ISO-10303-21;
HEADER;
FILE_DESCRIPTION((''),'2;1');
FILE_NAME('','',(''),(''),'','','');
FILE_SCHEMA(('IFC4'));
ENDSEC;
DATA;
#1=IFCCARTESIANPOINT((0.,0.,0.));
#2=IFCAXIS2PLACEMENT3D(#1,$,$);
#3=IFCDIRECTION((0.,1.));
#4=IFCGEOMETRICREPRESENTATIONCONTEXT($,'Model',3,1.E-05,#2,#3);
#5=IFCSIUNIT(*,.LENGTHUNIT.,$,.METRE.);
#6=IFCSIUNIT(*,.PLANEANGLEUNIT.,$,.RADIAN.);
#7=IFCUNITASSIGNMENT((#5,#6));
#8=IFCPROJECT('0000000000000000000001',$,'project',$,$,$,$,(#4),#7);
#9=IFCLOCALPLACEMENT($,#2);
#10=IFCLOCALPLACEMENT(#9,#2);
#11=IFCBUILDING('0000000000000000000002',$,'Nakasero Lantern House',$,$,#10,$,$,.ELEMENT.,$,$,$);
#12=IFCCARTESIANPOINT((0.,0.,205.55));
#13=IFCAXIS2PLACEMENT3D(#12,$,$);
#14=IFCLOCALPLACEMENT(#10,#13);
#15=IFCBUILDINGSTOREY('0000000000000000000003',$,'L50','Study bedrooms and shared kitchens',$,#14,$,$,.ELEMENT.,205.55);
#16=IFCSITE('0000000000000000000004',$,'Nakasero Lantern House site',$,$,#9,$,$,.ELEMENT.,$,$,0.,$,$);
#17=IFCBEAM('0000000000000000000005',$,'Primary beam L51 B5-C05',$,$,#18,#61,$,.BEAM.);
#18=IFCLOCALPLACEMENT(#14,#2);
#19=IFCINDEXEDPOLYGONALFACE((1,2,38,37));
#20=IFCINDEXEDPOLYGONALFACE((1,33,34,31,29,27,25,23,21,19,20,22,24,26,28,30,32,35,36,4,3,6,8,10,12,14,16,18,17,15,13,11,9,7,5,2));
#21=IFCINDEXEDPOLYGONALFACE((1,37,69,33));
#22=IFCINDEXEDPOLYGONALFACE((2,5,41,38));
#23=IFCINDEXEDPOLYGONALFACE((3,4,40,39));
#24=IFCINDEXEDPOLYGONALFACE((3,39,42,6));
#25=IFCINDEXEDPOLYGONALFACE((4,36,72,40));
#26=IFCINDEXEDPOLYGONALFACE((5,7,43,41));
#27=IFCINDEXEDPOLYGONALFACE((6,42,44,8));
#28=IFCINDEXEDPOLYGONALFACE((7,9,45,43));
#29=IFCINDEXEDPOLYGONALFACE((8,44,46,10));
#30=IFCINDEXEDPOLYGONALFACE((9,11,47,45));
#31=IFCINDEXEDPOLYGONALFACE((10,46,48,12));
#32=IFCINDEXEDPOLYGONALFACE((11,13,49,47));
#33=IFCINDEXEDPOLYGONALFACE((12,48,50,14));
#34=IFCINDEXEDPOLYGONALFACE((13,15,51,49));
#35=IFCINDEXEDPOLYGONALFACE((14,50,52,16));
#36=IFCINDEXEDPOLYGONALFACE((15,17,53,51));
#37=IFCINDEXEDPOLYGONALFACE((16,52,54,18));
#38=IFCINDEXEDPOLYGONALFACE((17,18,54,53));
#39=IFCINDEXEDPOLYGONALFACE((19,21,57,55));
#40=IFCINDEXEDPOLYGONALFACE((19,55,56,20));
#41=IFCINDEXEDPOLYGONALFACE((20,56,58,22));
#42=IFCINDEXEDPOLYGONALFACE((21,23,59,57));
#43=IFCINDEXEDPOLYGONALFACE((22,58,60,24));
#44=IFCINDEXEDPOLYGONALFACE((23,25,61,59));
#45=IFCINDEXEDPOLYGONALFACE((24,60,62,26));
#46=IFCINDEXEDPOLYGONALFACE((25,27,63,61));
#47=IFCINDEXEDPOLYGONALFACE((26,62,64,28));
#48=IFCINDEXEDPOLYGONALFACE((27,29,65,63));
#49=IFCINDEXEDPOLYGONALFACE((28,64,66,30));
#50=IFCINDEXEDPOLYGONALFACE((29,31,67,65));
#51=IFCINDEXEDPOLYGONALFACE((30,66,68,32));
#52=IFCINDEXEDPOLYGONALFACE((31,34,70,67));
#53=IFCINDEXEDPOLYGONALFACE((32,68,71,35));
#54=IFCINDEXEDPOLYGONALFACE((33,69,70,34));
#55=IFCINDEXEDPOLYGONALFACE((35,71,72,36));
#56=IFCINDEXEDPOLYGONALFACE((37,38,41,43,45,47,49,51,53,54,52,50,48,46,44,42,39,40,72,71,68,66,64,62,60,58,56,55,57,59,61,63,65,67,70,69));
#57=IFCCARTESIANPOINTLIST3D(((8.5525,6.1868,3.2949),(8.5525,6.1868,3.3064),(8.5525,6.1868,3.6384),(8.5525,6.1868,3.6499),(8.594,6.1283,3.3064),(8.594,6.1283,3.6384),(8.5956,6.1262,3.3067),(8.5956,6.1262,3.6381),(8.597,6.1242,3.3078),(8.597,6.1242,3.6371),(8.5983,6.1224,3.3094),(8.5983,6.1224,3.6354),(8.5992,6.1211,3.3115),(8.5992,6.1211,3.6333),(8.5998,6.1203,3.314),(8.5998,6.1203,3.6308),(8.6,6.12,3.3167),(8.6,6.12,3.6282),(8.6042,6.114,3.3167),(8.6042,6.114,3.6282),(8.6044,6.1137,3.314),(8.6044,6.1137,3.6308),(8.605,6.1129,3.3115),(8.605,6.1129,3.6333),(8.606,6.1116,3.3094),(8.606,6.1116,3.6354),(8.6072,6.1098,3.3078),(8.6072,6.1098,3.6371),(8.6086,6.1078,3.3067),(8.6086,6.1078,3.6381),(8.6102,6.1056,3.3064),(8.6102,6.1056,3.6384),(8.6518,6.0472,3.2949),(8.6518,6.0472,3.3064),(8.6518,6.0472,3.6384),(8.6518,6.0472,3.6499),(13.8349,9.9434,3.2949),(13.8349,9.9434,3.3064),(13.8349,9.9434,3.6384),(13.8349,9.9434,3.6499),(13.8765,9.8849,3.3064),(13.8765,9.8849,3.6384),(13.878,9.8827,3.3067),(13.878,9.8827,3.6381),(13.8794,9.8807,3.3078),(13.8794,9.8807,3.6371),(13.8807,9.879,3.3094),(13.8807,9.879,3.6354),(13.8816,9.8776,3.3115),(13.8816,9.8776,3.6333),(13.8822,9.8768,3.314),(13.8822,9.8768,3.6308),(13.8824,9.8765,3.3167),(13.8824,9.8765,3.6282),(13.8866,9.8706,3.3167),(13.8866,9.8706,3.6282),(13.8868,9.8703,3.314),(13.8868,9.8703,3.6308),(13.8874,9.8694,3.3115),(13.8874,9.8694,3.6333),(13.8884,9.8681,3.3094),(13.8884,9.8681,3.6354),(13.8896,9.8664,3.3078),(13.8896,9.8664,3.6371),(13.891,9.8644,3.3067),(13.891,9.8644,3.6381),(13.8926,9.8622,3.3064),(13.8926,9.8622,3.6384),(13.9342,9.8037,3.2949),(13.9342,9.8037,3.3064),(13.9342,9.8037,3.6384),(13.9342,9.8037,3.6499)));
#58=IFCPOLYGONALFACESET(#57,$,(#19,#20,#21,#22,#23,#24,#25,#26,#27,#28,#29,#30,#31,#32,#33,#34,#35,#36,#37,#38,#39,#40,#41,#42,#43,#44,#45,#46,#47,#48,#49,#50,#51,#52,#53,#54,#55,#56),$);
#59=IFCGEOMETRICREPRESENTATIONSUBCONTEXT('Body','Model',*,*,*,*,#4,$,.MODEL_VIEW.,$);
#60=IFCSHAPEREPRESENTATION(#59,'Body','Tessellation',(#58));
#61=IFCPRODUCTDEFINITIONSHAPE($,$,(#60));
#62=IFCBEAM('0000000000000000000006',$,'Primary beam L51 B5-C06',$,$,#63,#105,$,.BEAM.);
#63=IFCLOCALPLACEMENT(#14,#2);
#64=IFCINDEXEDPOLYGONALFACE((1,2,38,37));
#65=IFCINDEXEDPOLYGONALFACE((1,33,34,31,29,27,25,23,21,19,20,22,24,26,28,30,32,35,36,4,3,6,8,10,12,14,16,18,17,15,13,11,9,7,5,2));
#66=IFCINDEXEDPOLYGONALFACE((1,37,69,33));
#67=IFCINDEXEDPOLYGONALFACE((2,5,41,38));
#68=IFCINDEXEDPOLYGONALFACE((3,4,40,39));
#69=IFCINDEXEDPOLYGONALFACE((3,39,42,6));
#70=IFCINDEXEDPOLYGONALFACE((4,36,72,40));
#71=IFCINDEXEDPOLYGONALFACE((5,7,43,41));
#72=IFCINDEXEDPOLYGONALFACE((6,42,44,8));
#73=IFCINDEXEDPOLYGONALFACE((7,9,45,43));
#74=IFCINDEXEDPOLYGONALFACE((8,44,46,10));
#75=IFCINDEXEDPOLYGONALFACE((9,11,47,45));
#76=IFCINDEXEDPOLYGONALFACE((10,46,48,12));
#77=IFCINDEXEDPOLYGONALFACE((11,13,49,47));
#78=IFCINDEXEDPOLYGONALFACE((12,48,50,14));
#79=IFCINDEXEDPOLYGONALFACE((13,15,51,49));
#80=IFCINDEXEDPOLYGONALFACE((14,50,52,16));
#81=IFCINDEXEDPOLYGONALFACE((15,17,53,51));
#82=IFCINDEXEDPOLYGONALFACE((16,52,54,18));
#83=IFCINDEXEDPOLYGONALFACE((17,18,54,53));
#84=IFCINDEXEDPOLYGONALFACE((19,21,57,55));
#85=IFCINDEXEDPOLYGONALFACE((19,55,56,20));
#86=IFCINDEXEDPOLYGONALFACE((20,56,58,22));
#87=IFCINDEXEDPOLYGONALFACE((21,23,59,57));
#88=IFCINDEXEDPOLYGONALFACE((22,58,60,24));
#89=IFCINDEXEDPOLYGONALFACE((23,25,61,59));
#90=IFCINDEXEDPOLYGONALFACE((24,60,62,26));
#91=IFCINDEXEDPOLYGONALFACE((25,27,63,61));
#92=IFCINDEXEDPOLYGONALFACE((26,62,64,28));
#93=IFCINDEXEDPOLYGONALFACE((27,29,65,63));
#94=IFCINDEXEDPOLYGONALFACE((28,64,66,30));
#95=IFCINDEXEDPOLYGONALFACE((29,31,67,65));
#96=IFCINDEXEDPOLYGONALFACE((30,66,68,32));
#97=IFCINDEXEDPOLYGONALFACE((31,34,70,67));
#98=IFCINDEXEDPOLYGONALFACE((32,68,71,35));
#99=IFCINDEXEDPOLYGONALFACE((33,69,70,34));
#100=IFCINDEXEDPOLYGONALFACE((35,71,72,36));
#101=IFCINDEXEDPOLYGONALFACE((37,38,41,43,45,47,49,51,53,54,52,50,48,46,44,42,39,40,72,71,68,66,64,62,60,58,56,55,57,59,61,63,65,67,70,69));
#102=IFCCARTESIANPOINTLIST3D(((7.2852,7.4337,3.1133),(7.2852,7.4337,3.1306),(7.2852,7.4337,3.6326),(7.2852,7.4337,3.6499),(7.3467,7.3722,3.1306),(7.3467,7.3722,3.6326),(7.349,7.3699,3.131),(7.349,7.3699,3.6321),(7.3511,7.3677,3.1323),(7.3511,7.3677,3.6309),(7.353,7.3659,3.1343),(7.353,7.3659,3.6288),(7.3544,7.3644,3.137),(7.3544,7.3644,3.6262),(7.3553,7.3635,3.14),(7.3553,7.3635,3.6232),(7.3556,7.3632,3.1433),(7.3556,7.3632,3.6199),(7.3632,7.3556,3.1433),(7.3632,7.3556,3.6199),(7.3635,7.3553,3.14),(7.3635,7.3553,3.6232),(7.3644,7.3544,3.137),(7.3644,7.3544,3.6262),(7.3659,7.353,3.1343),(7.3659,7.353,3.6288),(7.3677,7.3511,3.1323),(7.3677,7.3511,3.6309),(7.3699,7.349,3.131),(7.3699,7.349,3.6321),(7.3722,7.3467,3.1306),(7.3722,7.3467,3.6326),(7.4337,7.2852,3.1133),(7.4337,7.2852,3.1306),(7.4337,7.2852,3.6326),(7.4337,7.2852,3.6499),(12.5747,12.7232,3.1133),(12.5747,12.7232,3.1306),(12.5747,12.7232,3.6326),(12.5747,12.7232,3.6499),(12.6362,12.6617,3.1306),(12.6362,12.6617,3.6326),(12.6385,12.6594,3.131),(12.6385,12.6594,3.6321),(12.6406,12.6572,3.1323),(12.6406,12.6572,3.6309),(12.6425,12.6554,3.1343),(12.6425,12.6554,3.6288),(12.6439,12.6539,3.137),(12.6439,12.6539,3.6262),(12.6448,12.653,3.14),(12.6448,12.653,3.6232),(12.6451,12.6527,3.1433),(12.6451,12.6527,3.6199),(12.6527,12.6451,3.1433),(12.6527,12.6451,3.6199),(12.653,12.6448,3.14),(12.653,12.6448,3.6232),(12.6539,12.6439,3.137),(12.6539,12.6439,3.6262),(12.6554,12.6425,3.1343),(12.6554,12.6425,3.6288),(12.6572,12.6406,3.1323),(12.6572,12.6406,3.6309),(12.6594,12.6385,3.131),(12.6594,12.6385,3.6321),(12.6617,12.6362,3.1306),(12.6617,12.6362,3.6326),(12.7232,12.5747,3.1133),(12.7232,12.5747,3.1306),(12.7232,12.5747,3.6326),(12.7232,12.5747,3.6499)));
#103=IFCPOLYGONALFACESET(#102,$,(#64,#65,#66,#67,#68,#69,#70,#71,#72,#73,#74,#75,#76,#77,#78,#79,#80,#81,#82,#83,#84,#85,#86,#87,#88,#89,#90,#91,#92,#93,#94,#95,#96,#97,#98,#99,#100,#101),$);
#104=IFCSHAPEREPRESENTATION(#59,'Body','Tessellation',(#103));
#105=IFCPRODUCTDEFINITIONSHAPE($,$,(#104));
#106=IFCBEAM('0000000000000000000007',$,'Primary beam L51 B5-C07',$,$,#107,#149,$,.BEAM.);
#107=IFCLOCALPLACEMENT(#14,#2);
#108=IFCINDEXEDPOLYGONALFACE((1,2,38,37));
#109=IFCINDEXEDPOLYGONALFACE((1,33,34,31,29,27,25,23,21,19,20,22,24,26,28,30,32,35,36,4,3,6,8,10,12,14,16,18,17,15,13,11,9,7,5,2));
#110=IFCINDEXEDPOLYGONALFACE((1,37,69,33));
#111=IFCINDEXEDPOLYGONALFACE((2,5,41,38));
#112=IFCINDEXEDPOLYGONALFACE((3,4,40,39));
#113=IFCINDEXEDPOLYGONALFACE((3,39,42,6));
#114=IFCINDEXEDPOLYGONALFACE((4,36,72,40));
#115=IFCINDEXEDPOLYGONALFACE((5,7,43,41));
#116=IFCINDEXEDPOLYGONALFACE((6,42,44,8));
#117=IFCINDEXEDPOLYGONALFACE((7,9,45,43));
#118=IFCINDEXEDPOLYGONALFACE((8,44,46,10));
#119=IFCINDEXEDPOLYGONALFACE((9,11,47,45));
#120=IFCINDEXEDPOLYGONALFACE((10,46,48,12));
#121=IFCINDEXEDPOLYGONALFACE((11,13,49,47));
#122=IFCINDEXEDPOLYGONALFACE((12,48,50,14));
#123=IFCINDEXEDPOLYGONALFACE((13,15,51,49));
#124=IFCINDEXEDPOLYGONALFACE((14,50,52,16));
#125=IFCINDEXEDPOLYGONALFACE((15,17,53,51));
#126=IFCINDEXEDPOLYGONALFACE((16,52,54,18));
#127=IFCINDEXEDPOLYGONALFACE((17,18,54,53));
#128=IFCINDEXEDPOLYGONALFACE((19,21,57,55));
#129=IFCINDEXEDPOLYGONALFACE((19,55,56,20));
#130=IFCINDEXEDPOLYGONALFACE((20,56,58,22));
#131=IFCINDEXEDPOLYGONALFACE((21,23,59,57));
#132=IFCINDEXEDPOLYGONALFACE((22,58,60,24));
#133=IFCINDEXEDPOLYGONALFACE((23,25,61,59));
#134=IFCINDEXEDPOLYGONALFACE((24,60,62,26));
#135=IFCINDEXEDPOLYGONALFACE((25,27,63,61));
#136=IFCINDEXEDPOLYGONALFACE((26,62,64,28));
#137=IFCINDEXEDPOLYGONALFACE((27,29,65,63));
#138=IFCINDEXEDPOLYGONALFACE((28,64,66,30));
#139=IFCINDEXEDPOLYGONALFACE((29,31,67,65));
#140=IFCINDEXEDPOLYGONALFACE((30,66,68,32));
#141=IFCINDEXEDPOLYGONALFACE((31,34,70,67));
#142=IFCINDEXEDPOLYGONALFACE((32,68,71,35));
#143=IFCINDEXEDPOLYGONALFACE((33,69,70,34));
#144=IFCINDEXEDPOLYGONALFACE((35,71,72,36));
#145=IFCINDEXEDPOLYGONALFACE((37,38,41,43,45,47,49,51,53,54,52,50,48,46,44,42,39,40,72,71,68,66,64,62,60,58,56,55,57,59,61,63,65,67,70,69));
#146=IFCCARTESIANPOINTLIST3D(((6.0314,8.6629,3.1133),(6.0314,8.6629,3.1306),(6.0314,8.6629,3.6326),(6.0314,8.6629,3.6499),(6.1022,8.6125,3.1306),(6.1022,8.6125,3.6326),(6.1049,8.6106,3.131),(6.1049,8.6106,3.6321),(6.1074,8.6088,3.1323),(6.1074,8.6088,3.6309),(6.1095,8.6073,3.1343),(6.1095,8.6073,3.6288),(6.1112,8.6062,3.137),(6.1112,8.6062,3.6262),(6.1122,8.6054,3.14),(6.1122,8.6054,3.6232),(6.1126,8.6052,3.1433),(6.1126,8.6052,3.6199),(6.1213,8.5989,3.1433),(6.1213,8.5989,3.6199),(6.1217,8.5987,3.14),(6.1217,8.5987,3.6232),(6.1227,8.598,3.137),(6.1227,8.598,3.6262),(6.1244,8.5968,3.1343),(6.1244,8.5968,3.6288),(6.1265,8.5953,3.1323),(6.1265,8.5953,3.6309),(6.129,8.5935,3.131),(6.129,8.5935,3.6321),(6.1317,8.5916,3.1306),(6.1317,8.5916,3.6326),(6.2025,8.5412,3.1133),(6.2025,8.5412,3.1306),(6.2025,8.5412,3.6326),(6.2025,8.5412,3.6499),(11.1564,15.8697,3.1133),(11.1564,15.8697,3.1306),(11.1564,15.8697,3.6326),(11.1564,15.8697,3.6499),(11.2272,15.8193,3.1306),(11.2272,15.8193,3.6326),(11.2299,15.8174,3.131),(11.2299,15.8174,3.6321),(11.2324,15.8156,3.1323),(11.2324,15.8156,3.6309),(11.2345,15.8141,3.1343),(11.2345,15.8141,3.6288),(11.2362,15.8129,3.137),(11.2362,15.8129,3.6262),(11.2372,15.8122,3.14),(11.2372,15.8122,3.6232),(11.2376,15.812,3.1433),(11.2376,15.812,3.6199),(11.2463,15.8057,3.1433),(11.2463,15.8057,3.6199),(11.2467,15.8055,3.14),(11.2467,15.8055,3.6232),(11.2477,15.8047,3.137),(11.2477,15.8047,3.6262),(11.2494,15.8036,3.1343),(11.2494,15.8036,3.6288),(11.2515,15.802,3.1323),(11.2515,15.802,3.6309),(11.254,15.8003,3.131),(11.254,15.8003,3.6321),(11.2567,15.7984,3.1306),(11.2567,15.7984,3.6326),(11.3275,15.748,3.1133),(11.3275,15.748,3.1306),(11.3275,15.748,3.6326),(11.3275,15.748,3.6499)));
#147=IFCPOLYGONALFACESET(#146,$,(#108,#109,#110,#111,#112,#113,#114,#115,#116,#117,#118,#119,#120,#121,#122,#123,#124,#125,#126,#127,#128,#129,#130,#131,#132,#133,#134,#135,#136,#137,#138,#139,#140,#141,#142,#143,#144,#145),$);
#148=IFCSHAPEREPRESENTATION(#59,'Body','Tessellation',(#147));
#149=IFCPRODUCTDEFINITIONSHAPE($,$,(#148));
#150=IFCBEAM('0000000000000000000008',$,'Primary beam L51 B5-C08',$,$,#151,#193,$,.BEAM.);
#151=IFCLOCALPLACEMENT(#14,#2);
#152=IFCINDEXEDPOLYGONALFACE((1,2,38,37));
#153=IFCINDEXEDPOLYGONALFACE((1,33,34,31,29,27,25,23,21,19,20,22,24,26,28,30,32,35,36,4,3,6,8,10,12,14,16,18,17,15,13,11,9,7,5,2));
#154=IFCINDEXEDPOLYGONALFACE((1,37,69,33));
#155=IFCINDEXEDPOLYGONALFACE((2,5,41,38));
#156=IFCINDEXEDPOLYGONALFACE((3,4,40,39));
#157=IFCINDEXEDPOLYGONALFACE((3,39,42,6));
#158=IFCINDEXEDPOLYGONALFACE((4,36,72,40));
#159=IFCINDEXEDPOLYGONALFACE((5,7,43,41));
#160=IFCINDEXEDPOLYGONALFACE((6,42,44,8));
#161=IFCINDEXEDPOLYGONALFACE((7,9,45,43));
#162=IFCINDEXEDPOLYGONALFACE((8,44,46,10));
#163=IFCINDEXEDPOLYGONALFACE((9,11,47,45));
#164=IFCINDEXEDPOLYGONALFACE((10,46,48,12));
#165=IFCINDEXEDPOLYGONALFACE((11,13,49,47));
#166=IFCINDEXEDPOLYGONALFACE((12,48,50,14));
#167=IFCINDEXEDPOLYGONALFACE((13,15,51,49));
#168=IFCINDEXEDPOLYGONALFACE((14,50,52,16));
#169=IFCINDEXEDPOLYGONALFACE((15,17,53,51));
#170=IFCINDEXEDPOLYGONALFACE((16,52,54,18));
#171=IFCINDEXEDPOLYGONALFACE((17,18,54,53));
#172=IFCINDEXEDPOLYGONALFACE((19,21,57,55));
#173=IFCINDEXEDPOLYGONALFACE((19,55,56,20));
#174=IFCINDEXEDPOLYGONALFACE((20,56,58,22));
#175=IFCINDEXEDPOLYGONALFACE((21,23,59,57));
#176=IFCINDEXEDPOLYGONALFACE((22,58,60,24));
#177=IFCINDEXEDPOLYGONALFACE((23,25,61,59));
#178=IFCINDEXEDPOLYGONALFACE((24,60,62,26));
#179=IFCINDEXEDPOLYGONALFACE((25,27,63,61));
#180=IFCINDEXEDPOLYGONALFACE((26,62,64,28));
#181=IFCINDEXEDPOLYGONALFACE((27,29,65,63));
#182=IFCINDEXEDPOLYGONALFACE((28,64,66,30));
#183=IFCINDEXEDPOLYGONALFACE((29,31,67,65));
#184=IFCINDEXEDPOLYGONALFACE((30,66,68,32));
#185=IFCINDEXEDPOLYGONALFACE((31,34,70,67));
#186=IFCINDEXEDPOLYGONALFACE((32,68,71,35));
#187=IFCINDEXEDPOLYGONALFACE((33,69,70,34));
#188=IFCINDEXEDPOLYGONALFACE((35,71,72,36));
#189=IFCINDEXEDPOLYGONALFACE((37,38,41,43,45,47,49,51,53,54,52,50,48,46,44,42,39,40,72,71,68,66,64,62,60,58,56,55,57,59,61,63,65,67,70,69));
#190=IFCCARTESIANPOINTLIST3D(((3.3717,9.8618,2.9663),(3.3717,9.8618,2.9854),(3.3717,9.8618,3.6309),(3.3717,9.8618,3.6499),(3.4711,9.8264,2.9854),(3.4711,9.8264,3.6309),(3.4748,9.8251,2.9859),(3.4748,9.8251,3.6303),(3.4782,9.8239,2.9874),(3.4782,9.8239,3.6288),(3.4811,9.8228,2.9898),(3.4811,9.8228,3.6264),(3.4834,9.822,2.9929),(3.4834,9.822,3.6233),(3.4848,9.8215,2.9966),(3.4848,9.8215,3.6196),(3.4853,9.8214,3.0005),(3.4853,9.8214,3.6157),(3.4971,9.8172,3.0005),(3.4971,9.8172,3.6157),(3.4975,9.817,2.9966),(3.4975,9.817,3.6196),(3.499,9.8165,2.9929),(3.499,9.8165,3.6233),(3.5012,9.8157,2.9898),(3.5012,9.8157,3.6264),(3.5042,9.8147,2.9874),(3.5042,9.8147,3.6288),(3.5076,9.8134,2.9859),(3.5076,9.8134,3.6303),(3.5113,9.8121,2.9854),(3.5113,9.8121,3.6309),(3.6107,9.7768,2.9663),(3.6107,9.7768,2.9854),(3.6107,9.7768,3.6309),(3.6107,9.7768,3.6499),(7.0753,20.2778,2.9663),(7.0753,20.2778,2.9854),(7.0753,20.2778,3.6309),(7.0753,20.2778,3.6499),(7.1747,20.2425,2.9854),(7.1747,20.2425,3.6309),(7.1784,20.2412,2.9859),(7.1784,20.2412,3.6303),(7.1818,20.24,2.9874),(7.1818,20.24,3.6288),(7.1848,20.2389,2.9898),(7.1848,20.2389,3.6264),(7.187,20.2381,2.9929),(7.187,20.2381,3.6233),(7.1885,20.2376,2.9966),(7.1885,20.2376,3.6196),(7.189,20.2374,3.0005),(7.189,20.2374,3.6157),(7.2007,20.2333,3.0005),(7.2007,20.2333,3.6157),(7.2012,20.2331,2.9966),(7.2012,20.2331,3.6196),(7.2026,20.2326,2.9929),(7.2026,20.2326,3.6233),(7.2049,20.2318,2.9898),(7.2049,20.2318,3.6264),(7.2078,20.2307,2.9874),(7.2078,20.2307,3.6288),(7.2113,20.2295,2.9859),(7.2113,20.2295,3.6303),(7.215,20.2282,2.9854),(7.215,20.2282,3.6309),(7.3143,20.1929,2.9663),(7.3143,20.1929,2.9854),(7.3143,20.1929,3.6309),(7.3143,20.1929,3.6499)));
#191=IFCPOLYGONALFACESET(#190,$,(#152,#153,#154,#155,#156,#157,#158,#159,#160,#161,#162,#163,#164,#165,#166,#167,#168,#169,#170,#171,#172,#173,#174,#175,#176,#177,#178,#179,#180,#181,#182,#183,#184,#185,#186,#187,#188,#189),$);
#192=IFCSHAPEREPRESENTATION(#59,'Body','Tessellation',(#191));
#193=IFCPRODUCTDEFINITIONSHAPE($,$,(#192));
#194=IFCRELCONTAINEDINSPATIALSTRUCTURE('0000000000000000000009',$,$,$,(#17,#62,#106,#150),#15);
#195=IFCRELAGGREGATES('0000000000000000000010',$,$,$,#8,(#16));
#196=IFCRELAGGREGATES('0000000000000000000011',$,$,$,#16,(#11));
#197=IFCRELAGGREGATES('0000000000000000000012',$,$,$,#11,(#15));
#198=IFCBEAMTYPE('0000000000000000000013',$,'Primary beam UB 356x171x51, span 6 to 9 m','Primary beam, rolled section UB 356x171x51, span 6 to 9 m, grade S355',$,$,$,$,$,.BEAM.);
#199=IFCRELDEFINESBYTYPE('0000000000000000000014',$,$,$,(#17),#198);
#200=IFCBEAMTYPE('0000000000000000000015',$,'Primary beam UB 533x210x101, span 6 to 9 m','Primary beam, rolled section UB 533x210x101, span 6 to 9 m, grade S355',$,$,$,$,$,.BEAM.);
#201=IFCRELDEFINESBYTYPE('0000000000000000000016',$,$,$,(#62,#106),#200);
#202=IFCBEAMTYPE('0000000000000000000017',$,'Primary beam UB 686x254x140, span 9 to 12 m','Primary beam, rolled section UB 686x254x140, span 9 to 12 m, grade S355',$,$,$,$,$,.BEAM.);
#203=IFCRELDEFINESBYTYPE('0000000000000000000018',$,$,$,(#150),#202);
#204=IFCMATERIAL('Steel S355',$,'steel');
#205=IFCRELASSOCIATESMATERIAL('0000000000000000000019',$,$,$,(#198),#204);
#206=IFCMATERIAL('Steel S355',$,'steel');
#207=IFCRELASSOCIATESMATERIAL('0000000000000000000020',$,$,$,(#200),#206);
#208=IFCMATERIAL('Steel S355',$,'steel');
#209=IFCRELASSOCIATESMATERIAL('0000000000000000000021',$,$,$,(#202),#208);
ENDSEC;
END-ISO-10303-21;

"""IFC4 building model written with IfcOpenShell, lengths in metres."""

from ifc_helpers import new_model, si_unit, direction, frame, origin, origin_2d, place, context, subcontext, project, spatial, i_section, extrude, material, material_profile, profile_set, type_object, element, save


model = new_model("IFC4")

# Units and contexts
model_context = context("Model", 3, precision=1e-05, world=origin(), true_north=direction((0.0, 1.0)))
body_context = subcontext(model_context, "Body", "Model", "MODEL_VIEW")
ifc_project = project(units=[si_unit("LENGTHUNIT", "METRE"), si_unit("PLANEANGLEUNIT", "RADIAN")], contexts=[model_context])

# Site, building, storey
site_placement = place(None, origin())
site = spatial("IfcSite", under=ifc_project, at=site_placement, Name="Nakasero Lantern House site", CompositionType="ELEMENT", RefElevation=0.0)
building_placement = place(site_placement, origin())
building = spatial("IfcBuilding", under=site, at=building_placement, Name="Nakasero Lantern House", CompositionType="ELEMENT")
storey_placement = place(building_placement, frame((0.0, 0.0, 205.55)))
storey = spatial("IfcBuildingStorey", under=building, at=storey_placement, Name="L50", Description="Study bedrooms and shared kitchens", CompositionType="ELEMENT", Elevation=205.55)

# Beams
ifc_material_1 = material(Name="Steel S355", Category="steel")
ifc_material_profile_1 = material_profile(ifc_material_1, i_section(OverallWidth=0.1714, OverallDepth=0.355, WebThickness=0.0073, FlangeThickness=0.0115, FilletRadius=0.0103, at=origin_2d()), Name="UB 356x171x51")
ifc_profile_set_1 = profile_set([ifc_material_profile_1], Name="Steel S355")
beam_type_1 = type_object("IfcBeamType", Name="Primary beam UB 356x171x51, span 6 to 9 m", Description="Primary beam, rolled section UB 356x171x51, span 6 to 9 m, grade S355", PredefinedType="BEAM", material=ifc_profile_set_1)
beam_1_placement = place(storey_placement, frame((13.8845, 9.8735, 3.4724), z_axis=(-0.814943, -0.579541, 0.0), x_axis=(0.579541, -0.814943, 0.0)))
element("IfcBeam", 1, at=beam_1_placement, inside=storey, type_object=beam_type_1, Name="Primary beam L51 B5-C05", PredefinedType="BEAM", context=body_context, shape_type="SweptSolid", body=[
    extrude(i_section(OverallWidth=0.1714, OverallDepth=0.355, WebThickness=0.0073, FlangeThickness=0.0115, FilletRadius=0.0103, at=origin_2d()), origin(), (0.0, 0.0, 1.0), 6.4819),
])
ifc_material_2 = material(Name="Steel S355", Category="steel")
ifc_material_profile_2 = material_profile(ifc_material_2, i_section(OverallWidth=0.21, OverallDepth=0.5366, WebThickness=0.0107, FlangeThickness=0.0173, FilletRadius=0.0127, at=origin_2d()), Name="UB 533x210x101")
ifc_profile_set_2 = profile_set([ifc_material_profile_2], Name="Steel S355")
beam_type_2 = type_object("IfcBeamType", Name="Primary beam UB 533x210x101, span 6 to 9 m", Description="Primary beam, rolled section UB 533x210x101, span 6 to 9 m, grade S355", PredefinedType="BEAM", material=ifc_profile_set_2)
beam_2_placement = place(storey_placement, frame((12.6489, 12.6489, 3.3816), z_axis=(-0.707107, -0.707107, 0.0), x_axis=(0.707107, -0.707107, 0.0)))
element("IfcBeam", 2, at=beam_2_placement, inside=storey, type_object=beam_type_2, Name="Primary beam L51 B5-C06", PredefinedType="BEAM", context=body_context, shape_type="SweptSolid", body=[
    extrude(i_section(OverallWidth=0.21, OverallDepth=0.5366, WebThickness=0.0107, FlangeThickness=0.0173, FilletRadius=0.0127, at=origin_2d()), origin(), (0.0, 0.0, 1.0), 7.4805),
])
beam_3_placement = place(storey_placement, frame((11.2419, 15.8088, 3.3816), z_axis=(-0.579537, -0.814946, 0.0), x_axis=(0.814946, -0.579537, 0.0)))
element("IfcBeam", 3, at=beam_3_placement, inside=storey, type_object=beam_type_2, Name="Primary beam L51 B5-C07", PredefinedType="BEAM", context=body_context, shape_type="SweptSolid", body=[
    extrude(i_section(OverallWidth=0.21, OverallDepth=0.5366, WebThickness=0.0107, FlangeThickness=0.0173, FilletRadius=0.0127, at=origin_2d()), origin(), (0.0, 0.0, 1.0), 8.8433),
])
ifc_material_3 = material(Name="Steel S355", Category="steel")
ifc_material_profile_3 = material_profile(ifc_material_3, i_section(OverallWidth=0.2537, OverallDepth=0.6836, WebThickness=0.0125, FlangeThickness=0.019, FilletRadius=0.0151, at=origin_2d()), Name="UB 686x254x140")
ifc_profile_set_3 = profile_set([ifc_material_profile_3], Name="Steel S355")
beam_type_3 = type_object("IfcBeamType", Name="Primary beam UB 686x254x140, span 9 to 12 m", Description="Primary beam, rolled section UB 686x254x140, span 9 to 12 m, grade S355", PredefinedType="BEAM", material=ifc_profile_set_3)
beam_4_placement = place(storey_placement, frame((7.1948, 20.2354, 3.3081), z_axis=(-0.335021, -0.942211, 0.0), x_axis=(0.942211, -0.335021, 0.0)))
element("IfcBeam", 4, at=beam_4_placement, inside=storey, type_object=beam_type_3, Name="Primary beam L51 B5-C08", PredefinedType="BEAM", context=body_context, shape_type="SweptSolid", body=[
    extrude(i_section(OverallWidth=0.2537, OverallDepth=0.6836, WebThickness=0.0125, FlangeThickness=0.019, FilletRadius=0.0151, at=origin_2d()), origin(), (0.0, 0.0, 1.0), 11.0549),
])

save(model, "model.ifc")
